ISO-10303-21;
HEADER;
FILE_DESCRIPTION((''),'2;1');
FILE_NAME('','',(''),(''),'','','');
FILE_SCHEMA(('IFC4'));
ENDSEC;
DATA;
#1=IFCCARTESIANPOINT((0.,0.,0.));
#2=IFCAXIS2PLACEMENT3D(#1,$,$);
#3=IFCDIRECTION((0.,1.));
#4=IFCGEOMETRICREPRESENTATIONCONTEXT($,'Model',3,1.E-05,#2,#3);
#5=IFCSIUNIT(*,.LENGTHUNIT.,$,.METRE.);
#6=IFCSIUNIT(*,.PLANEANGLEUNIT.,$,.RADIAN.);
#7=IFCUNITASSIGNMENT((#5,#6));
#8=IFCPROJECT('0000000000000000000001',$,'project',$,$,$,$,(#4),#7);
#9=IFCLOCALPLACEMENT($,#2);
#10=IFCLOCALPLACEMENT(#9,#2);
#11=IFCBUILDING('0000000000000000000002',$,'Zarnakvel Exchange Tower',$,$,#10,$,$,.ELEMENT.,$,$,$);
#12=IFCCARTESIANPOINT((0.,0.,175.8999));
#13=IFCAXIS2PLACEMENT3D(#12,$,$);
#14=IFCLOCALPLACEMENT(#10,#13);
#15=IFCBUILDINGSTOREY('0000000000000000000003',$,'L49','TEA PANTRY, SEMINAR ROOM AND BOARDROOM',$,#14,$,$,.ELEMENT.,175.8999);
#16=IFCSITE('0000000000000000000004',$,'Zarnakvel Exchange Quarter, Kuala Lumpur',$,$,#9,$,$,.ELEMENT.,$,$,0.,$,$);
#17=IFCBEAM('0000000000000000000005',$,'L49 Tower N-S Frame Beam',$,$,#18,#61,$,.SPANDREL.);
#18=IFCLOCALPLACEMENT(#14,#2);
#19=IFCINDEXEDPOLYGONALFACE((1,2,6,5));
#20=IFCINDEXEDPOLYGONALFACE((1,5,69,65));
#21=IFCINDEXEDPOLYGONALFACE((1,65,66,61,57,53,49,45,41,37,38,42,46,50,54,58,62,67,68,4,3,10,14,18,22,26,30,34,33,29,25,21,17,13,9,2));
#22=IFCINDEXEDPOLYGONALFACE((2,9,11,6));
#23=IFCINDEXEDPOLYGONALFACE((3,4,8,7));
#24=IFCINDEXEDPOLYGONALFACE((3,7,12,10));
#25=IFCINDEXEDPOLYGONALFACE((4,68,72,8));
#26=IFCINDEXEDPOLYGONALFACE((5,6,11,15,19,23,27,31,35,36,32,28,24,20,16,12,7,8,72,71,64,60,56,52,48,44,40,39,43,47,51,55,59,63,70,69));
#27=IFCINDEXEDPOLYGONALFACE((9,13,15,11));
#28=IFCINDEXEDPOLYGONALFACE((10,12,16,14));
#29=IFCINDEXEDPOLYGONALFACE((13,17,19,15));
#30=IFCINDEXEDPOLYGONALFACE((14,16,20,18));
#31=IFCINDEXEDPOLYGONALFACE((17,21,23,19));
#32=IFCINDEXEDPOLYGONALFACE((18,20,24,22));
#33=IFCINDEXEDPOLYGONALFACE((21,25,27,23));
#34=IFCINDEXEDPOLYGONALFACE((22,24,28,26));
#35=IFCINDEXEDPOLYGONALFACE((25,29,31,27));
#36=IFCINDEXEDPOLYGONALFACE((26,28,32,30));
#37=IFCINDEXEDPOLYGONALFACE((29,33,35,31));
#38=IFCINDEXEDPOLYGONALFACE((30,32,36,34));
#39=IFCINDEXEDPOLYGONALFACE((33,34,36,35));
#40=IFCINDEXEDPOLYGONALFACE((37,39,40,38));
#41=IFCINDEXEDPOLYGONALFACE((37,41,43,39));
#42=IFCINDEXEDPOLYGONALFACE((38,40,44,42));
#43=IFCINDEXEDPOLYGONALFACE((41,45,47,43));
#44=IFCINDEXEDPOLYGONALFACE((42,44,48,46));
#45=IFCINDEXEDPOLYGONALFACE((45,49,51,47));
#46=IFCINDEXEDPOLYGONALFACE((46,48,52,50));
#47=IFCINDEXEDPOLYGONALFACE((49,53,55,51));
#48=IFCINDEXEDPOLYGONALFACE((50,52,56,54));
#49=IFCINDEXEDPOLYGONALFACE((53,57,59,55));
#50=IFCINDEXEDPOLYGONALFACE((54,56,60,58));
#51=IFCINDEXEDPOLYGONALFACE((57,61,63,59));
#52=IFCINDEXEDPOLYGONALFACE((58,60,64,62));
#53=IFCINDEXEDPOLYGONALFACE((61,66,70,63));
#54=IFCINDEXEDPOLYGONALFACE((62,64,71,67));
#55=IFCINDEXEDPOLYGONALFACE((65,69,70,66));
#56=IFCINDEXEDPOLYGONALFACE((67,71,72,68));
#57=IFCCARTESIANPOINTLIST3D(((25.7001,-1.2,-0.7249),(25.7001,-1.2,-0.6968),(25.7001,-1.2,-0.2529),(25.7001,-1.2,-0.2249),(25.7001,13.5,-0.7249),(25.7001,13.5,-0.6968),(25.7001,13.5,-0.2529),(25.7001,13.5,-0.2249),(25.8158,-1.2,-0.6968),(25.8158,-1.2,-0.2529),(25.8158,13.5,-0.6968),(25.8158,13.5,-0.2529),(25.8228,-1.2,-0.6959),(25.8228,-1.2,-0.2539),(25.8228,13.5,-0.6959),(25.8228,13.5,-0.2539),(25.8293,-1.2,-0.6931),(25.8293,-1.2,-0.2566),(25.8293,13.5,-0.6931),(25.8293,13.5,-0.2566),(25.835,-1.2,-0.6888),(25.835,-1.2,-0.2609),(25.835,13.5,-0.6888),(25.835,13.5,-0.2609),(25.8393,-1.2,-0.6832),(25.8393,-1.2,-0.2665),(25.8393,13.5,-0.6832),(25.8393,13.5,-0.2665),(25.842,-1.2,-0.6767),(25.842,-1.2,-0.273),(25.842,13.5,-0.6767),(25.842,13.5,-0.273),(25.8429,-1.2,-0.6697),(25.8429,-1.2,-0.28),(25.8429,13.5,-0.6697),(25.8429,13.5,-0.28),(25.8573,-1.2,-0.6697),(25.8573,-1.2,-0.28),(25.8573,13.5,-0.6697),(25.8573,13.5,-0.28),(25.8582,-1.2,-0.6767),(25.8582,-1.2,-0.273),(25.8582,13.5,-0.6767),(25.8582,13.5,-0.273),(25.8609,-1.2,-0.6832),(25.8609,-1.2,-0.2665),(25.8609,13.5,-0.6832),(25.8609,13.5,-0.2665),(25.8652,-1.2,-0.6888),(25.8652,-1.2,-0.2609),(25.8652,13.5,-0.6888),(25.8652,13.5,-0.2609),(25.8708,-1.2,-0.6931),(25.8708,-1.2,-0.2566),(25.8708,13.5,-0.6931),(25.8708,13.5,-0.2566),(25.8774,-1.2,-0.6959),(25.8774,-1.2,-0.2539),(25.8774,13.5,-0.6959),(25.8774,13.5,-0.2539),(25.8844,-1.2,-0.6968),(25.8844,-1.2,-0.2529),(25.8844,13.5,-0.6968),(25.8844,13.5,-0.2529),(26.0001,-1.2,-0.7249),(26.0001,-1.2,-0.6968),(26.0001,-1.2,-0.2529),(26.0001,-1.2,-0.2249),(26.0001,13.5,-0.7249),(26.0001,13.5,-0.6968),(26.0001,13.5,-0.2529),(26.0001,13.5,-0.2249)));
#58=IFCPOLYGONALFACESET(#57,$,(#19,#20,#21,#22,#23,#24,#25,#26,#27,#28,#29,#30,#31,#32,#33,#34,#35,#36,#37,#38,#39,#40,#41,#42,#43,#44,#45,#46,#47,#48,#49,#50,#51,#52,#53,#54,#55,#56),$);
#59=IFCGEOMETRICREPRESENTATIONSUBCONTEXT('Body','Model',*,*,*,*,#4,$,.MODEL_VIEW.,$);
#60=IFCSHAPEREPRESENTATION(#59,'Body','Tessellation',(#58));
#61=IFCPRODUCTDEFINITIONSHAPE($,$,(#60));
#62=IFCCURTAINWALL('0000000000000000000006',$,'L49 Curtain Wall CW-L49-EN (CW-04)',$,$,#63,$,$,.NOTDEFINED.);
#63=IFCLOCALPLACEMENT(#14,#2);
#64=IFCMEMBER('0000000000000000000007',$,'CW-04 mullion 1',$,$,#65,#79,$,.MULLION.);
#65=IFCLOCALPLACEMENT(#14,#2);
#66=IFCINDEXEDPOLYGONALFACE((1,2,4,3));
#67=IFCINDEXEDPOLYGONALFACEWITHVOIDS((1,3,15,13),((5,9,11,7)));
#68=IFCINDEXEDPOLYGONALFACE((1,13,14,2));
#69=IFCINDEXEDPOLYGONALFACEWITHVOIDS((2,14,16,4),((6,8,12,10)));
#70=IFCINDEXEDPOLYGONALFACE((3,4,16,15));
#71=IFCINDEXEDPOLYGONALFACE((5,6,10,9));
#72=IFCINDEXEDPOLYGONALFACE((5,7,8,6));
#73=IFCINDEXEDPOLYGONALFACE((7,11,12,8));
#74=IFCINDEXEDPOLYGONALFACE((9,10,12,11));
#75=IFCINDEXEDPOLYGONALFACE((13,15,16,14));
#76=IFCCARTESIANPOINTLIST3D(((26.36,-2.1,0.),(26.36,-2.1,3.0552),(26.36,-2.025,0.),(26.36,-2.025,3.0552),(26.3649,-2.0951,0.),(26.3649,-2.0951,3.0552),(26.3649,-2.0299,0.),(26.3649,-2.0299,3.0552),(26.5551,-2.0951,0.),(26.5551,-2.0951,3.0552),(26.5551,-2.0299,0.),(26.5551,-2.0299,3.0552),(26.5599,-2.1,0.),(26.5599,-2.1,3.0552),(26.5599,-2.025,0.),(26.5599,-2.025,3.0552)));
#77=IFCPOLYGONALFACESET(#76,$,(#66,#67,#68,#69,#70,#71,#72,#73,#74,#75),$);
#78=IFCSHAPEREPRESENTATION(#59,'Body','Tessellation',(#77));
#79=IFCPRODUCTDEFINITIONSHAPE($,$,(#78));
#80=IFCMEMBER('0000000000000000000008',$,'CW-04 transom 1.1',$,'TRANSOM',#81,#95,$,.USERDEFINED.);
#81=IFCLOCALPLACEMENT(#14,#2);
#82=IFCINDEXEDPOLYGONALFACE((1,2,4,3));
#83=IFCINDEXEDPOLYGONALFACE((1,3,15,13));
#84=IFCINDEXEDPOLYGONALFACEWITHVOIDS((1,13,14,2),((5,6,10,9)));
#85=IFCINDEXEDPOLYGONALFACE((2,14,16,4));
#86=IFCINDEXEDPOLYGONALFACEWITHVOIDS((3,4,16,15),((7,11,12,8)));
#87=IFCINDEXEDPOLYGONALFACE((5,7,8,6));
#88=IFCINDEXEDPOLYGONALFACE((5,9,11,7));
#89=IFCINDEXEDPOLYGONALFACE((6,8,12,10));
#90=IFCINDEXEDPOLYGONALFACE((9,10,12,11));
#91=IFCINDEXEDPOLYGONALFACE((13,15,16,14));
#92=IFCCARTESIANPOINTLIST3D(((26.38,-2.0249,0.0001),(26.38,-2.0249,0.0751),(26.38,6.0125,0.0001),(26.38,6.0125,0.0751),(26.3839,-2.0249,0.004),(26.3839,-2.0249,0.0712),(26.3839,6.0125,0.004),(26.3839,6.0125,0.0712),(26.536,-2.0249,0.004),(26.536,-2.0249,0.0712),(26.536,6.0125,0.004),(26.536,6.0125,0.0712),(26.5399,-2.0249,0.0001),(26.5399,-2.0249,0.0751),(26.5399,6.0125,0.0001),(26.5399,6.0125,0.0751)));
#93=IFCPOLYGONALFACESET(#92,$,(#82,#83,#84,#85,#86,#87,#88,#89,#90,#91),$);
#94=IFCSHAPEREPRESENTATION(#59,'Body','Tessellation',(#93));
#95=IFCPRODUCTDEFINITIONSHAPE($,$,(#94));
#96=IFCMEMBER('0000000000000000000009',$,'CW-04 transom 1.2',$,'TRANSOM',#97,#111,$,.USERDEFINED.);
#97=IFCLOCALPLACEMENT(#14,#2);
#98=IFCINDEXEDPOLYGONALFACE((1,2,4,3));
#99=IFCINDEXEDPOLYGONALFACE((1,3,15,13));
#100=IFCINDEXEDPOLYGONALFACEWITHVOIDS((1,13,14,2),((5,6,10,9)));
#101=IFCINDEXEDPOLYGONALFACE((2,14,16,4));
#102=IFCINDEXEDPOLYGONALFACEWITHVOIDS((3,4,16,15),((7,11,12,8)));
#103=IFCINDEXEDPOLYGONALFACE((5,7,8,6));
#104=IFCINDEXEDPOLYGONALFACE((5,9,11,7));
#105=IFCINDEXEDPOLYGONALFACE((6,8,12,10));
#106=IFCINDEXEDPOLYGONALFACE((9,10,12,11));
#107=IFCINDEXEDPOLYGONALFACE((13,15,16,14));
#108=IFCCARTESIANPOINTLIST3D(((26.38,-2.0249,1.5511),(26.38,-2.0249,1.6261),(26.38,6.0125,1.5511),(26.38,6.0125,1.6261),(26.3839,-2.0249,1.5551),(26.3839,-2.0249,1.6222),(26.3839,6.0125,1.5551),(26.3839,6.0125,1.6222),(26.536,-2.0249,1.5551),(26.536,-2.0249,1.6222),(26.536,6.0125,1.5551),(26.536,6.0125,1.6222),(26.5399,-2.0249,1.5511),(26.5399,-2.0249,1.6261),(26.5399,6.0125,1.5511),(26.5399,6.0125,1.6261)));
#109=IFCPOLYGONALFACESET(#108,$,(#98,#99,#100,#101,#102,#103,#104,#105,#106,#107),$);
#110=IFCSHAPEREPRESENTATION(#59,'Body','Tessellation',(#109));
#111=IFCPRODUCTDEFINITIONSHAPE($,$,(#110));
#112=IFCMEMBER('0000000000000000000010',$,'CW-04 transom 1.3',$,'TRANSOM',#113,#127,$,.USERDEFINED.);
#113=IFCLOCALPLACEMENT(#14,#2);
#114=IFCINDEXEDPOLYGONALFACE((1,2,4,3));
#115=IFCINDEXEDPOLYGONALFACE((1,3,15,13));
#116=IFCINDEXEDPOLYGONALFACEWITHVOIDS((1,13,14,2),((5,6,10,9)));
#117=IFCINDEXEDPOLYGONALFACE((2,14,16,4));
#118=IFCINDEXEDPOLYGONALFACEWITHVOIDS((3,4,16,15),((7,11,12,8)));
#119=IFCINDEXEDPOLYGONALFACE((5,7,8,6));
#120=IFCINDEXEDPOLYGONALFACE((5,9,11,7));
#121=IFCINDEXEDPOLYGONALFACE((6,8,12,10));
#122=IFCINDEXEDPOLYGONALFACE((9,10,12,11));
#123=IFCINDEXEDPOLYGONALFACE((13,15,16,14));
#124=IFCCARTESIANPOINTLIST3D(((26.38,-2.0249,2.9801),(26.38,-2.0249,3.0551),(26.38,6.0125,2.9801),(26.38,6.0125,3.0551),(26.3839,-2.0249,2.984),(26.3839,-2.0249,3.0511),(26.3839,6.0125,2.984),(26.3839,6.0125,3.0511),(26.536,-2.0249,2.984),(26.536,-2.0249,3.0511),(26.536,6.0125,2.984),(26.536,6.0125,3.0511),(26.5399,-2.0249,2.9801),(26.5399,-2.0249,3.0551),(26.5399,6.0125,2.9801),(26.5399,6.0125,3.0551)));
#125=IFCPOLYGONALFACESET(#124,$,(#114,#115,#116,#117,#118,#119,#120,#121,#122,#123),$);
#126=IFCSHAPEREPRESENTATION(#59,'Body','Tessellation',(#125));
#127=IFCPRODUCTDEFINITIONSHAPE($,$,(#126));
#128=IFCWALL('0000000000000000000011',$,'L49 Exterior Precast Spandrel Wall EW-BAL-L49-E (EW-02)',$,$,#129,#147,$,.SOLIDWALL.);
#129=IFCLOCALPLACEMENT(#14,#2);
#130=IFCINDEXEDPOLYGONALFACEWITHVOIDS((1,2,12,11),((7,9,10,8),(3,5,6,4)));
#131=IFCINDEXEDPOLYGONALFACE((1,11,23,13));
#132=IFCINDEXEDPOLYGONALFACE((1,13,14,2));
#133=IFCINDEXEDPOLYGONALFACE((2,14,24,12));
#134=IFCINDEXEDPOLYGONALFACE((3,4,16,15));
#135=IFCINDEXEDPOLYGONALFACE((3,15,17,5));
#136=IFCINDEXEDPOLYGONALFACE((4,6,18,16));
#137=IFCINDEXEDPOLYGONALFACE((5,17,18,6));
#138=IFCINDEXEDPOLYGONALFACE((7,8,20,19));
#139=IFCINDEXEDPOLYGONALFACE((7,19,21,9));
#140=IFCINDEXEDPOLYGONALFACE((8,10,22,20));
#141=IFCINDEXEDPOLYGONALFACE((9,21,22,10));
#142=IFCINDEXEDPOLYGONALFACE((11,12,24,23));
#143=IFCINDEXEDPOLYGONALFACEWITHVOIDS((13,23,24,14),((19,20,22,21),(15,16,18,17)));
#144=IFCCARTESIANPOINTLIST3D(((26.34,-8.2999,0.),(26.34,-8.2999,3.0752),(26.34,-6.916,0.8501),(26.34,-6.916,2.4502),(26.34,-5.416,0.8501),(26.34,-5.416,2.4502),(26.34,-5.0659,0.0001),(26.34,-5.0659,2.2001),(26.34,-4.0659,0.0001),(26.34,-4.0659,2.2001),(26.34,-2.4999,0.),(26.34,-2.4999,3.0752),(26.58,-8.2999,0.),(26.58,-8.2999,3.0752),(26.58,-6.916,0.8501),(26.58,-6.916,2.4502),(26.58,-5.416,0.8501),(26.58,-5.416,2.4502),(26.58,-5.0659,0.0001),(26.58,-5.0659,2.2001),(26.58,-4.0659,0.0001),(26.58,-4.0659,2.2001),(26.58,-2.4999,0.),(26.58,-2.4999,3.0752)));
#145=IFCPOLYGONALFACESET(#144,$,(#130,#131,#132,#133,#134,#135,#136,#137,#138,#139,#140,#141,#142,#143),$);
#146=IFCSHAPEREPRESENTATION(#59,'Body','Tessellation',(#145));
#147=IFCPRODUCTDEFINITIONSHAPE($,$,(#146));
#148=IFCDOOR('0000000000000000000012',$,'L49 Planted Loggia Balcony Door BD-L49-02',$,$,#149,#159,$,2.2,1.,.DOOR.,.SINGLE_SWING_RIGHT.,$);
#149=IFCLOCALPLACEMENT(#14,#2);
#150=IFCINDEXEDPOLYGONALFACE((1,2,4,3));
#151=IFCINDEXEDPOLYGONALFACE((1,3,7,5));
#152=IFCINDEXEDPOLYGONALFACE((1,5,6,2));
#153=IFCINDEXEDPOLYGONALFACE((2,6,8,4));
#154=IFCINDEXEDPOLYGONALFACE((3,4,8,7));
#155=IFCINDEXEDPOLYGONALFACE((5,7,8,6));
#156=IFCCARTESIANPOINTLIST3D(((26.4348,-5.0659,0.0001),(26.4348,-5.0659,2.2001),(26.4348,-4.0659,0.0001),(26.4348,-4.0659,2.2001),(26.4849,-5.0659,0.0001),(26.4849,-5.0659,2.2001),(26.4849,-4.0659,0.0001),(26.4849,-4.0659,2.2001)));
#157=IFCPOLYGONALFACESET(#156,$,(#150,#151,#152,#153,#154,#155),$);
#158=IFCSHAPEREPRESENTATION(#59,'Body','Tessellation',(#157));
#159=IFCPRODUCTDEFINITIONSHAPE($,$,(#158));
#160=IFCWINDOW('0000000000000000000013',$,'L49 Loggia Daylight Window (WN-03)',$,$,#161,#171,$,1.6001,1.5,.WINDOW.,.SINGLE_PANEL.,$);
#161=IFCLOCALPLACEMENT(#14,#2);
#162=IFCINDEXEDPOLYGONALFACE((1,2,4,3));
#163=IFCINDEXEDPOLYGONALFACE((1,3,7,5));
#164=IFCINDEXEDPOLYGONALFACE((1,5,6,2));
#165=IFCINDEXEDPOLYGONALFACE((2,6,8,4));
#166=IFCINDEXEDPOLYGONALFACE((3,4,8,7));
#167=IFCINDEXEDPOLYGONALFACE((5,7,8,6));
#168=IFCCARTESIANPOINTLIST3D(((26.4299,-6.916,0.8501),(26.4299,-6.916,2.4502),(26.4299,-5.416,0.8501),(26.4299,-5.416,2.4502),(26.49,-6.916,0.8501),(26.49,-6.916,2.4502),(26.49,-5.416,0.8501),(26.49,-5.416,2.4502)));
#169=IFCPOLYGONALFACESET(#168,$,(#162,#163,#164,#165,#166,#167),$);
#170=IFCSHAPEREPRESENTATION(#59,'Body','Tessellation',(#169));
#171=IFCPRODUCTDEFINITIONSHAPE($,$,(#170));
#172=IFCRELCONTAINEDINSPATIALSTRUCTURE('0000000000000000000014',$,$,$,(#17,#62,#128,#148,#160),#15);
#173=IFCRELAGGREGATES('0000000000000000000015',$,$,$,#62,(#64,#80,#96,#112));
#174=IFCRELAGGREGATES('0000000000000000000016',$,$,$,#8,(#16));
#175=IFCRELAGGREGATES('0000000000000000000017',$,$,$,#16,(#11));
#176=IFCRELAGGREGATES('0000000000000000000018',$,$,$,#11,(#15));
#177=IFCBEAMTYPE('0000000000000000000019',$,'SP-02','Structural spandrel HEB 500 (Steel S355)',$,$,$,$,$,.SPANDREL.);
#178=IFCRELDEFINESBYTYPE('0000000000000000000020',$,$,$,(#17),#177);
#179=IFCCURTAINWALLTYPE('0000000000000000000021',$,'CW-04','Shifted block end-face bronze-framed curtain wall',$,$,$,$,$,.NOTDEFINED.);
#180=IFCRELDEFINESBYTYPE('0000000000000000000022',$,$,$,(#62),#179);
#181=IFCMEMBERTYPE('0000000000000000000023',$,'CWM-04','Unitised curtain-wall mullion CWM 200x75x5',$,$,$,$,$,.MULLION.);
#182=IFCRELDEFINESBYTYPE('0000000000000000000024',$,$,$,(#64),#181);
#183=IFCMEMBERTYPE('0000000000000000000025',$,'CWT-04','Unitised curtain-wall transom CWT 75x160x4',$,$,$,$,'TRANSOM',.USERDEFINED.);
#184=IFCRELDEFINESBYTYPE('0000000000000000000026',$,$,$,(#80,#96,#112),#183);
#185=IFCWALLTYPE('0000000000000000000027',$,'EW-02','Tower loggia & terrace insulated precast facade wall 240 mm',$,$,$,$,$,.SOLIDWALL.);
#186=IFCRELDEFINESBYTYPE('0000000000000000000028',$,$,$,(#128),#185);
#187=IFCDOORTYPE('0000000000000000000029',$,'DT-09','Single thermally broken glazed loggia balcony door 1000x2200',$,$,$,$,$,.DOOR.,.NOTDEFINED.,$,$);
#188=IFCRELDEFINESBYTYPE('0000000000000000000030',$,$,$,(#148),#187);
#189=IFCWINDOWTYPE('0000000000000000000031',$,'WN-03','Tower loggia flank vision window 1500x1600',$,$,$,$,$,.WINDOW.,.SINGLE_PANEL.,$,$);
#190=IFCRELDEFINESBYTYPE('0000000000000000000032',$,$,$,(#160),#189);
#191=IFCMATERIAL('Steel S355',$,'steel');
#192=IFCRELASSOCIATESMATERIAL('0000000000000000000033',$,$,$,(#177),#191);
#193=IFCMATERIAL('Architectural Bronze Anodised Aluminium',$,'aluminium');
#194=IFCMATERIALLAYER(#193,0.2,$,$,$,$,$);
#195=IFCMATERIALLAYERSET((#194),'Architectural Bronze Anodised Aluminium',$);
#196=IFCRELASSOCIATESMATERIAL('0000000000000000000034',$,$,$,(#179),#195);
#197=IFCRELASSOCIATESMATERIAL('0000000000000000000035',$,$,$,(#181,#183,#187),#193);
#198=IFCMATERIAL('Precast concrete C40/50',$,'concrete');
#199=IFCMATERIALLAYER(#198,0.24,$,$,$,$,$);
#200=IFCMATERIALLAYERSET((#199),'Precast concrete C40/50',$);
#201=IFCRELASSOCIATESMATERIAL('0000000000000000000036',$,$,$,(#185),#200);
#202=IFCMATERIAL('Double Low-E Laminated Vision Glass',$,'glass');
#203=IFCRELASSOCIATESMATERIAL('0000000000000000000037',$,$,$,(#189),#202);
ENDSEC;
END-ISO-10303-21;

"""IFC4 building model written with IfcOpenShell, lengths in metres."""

from ifc_helpers import new_model, si_unit, direction, frame, frame_2d, origin, origin_2d, place, context, subcontext, project, spatial, rectangle, hollow_rectangle, i_section, extrude, source, transform, mapped, material, layer, layer_set, material_profile, profile_set, type_object, element, fill, aggregate, save


model = new_model("IFC4")

# Units and contexts
model_context = context("Model", 3, precision=1e-05, world=origin(), true_north=direction((0.0, 1.0)))
body_context = subcontext(model_context, "Body", "Model", "MODEL_VIEW")
ifc_project = project(units=[si_unit("LENGTHUNIT", "METRE"), si_unit("PLANEANGLEUNIT", "RADIAN")], contexts=[model_context])

# Site, building, storey
site_placement = place(None, origin())
site = spatial("IfcSite", under=ifc_project, at=site_placement, Name="Zarnakvel Exchange Quarter, Kuala Lumpur", CompositionType="ELEMENT", RefElevation=0.0)
building_placement = place(site_placement, origin())
building = spatial("IfcBuilding", under=site, at=building_placement, Name="Zarnakvel Exchange Tower", CompositionType="ELEMENT")
storey_placement = place(building_placement, frame((0.0, 0.0, 175.8999)))
storey = spatial("IfcBuildingStorey", under=building, at=storey_placement, Name="L49", Description="TEA PANTRY, SEMINAR ROOM AND BOARDROOM", CompositionType="ELEMENT", Elevation=175.8999)

# Shared definitions
ifc_material_1 = material(Name="Steel S355", Category="steel")

# Beam
ifc_material_profile_1 = material_profile(ifc_material_1, i_section(OverallWidth=0.3, OverallDepth=0.5, WebThickness=0.0144, FlangeThickness=0.0281, FilletRadius=0.0271, at=origin_2d()))
ifc_profile_set_1 = profile_set([ifc_material_profile_1], Name="Steel S355")
beam_type_1 = type_object("IfcBeamType", Name="SP-02", Description="Structural spandrel HEB 500 (Steel S355)", PredefinedType="SPANDREL", material=ifc_profile_set_1)
beam_1_placement = place(storey_placement, frame((25.8501, -1.2, -0.4749), z_axis=(0.0, 1.0, 0.0), x_axis=(-1.0, 0.0, 0.0)))
element("IfcBeam", 1, at=beam_1_placement, inside=storey, type_object=beam_type_1, Name="L49 Tower N-S Frame Beam", PredefinedType="SPANDREL", context=body_context, shape_type="SweptSolid", body=[
    extrude(i_section(OverallWidth=0.3, OverallDepth=0.5, WebThickness=0.0144, FlangeThickness=0.0281, FilletRadius=0.0271, at=origin_2d()), origin(), (0.0, 0.0, 1.0), 14.7),
])

# Curtain wall, members
ifc_material_2 = material(Name="Architectural Bronze Anodised Aluminium", Category="aluminium")
ifc_layer_1 = layer(ifc_material_2, 0.2)
ifc_layer_set_1 = layer_set([ifc_layer_1], Name="Architectural Bronze Anodised Aluminium")
curtain_wall_type = type_object("IfcCurtainWallType", Name="CW-04", Description="Shifted block end-face bronze-framed curtain wall", PredefinedType="NOTDEFINED", material=ifc_layer_set_1)
curtain_wall_placement = place(storey_placement, origin())
curtain_wall = element("IfcCurtainWall", 2, at=curtain_wall_placement, inside=storey, type_object=curtain_wall_type, Name="L49 Curtain Wall CW-L49-EN (CW-04)", PredefinedType="NOTDEFINED")
ifc_material_profile_2 = material_profile(ifc_material_2, hollow_rectangle(XDim=0.2, YDim=0.075, WallThickness=0.0049, at=origin_2d()))
ifc_profile_set_2 = profile_set([ifc_material_profile_2], Name="Architectural Bronze Anodised Aluminium")
member_type_1 = type_object("IfcMemberType", Name="CWM-04", Description="Unitised curtain-wall mullion CWM 200x75x5", PredefinedType="MULLION", material=ifc_profile_set_2)
shared_shape_1 = source(origin(), body_context, "Body", "SweptSolid", [
    extrude(hollow_rectangle(XDim=0.2, YDim=0.075, WallThickness=0.0049, at=origin_2d()), origin(), (0.0, 0.0, 1.0), 3.0552),
])
member_1_placement = place(storey_placement, frame((26.46, -2.0625, 0.0), z_axis=(0.0, 0.0, 1.0), x_axis=(-1.0, 0.0, 0.0)))
member_1 = element("IfcMember", 3, at=member_1_placement, type_object=member_type_1, Name="CW-04 mullion 1", PredefinedType="MULLION", context=body_context, shape_type="MappedRepresentation", body=[
    mapped(shared_shape_1, transform((0.0, 0.0, 0.0), x_axis=(1.0, 0.0, 0.0), y_axis=(0.0, 1.0, 0.0), z_axis=(0.0, 0.0, 1.0), scale=1.0)),
])
ifc_material_profile_3 = material_profile(ifc_material_2, hollow_rectangle(XDim=0.1599, YDim=0.075, WallThickness=0.0039, at=origin_2d()))
ifc_profile_set_3 = profile_set([ifc_material_profile_3], Name="Architectural Bronze Anodised Aluminium")
member_type_2 = type_object("IfcMemberType", Name="CWT-04", Description="Unitised curtain-wall transom CWT 75x160x4", ElementType="TRANSOM", PredefinedType="USERDEFINED", material=ifc_profile_set_3)
shared_shape_2 = source(origin(), body_context, "Body", "SweptSolid", [
    extrude(hollow_rectangle(XDim=0.1599, YDim=0.075, WallThickness=0.0039, at=origin_2d()), origin(), (0.0, 0.0, 1.0), 8.0374),
])
member_2_placement = place(storey_placement, frame((26.46, -2.0249, 0.0376), z_axis=(0.0, 1.0, 0.0), x_axis=(-1.0, 0.0, 0.0)))
member_2 = element("IfcMember", 4, at=member_2_placement, type_object=member_type_2, Name="CW-04 transom 1.1", ObjectType="TRANSOM", PredefinedType="USERDEFINED", context=body_context, shape_type="MappedRepresentation", body=[
    mapped(shared_shape_2, transform((0.0, 0.0, 0.0), x_axis=(1.0, 0.0, 0.0), y_axis=(0.0, 1.0, 0.0), z_axis=(0.0, 0.0, 1.0), scale=1.0)),
])
member_3_placement = place(storey_placement, frame((26.46, -2.0249, 1.5886), z_axis=(0.0, 1.0, 0.0), x_axis=(-1.0, 0.0, 0.0)))
member_3 = element("IfcMember", 5, at=member_3_placement, type_object=member_type_2, Name="CW-04 transom 1.2", ObjectType="TRANSOM", PredefinedType="USERDEFINED", context=body_context, shape_type="MappedRepresentation", body=[
    mapped(shared_shape_2, transform((0.0, 0.0, 0.0), x_axis=(1.0, 0.0, 0.0), y_axis=(0.0, 1.0, 0.0), z_axis=(0.0, 0.0, 1.0), scale=1.0)),
])
member_4_placement = place(storey_placement, frame((26.46, -2.0249, 3.0176), z_axis=(0.0, 1.0, 0.0), x_axis=(-1.0, 0.0, 0.0)))
member_4 = element("IfcMember", 6, at=member_4_placement, type_object=member_type_2, Name="CW-04 transom 1.3", ObjectType="TRANSOM", PredefinedType="USERDEFINED", context=body_context, shape_type="MappedRepresentation", body=[
    mapped(shared_shape_2, transform((0.0, 0.0, 0.0), x_axis=(1.0, 0.0, 0.0), y_axis=(0.0, 1.0, 0.0), z_axis=(0.0, 0.0, 1.0), scale=1.0)),
])
aggregate(curtain_wall, [member_1, member_2, member_3, member_4])

# Wall, openings, door, window
ifc_material_3 = material(Name="Precast concrete C40/50", Category="concrete")
ifc_layer_2 = layer(ifc_material_3, 0.24)
ifc_layer_set_2 = layer_set([ifc_layer_2], Name="Precast concrete C40/50")
wall_type_1 = type_object("IfcWallType", Name="EW-02", Description="Tower loggia & terrace insulated precast facade wall 240 mm", PredefinedType="SOLIDWALL", material=ifc_layer_set_2)
wall_1_placement = place(storey_placement, frame((26.46, -2.5, 0.0), z_axis=(0.0, 0.0, 1.0), x_axis=(0.0, -1.0, 0.0)))
wall_1 = element("IfcWall", 7, at=wall_1_placement, inside=storey, type_object=wall_type_1, Name="L49 Exterior Precast Spandrel Wall EW-BAL-L49-E (EW-02)", PredefinedType="SOLIDWALL", context=body_context, shape_type="SweptSolid", body=[
    extrude(rectangle(XDim=5.8, YDim=0.24, at=frame_2d((2.8999, 0.0))), origin(), (0.0, 0.0, 1.0), 3.0752),
])
opening_1_placement = place(wall_1_placement, frame((1.5659, 0.0, 0.0)))
opening_1 = element("IfcOpeningElement", 8, at=opening_1_placement, cuts=wall_1, PredefinedType="OPENING", context=body_context, shape_type="SweptSolid", body=[
    extrude(rectangle(XDim=1.0, YDim=2.2, at=frame_2d((0.5, 1.1001))), frame((0.0, 0.1299, 0.0), z_axis=(0.0, -1.0, 0.0), x_axis=(1.0, 0.0, 0.0)), (0.0, 0.0, 1.0), 0.26),
])
opening_2_placement = place(wall_1_placement, frame((2.916, 0.0, 0.8501)))
opening_2 = element("IfcOpeningElement", 9, at=opening_2_placement, cuts=wall_1, PredefinedType="OPENING", context=body_context, shape_type="SweptSolid", body=[
    extrude(rectangle(XDim=1.5, YDim=1.6001, at=frame_2d((0.75, 0.8))), frame((0.0, 0.1299, 0.0), z_axis=(0.0, -1.0, 0.0), x_axis=(1.0, 0.0, 0.0)), (0.0, 0.0, 1.0), 0.26),
])
door_type_1 = type_object("IfcDoorType", Name="DT-09", Description="Single thermally broken glazed loggia balcony door 1000x2200", OperationType="NOTDEFINED", PredefinedType="DOOR", material=ifc_material_2)
shared_shape_3 = source(origin(), body_context, "Body", "SweptSolid", [
    extrude(rectangle(XDim=1.0, YDim=2.2, at=frame_2d((0.5, 1.1001))), frame((0.0, 0.0249, 0.0), z_axis=(0.0, -1.0, 0.0), x_axis=(1.0, 0.0, 0.0)), (0.0, 0.0, 1.0), 0.05),
])
door_1_placement = place(opening_1_placement, origin())
door_1 = element("IfcDoor", 10, at=door_1_placement, inside=storey, type_object=door_type_1, Name="L49 Planted Loggia Balcony Door BD-L49-02", OperationType="SINGLE_SWING_RIGHT", OverallHeight=2.2, OverallWidth=1.0, PredefinedType="DOOR", context=body_context, shape_type="MappedRepresentation", body=[
    mapped(shared_shape_3, transform((0.0, 0.0, 0.0), x_axis=(1.0, 0.0, 0.0), y_axis=(0.0, 1.0, 0.0), z_axis=(0.0, 0.0, 1.0), scale=1.0)),
])
fill(opening_1, door_1)
ifc_material_4 = material(Name="Double Low-E Laminated Vision Glass", Category="glass")
window_type = type_object("IfcWindowType", Name="WN-03", Description="Tower loggia flank vision window 1500x1600", PartitioningType="SINGLE_PANEL", PredefinedType="WINDOW", material=ifc_material_4)
shared_shape_4 = source(origin(), body_context, "Body", "SweptSolid", [
    extrude(rectangle(XDim=1.5, YDim=1.6001, at=frame_2d((0.75, 0.8))), frame((0.0, 0.03, 0.0), z_axis=(0.0, -1.0, 0.0), x_axis=(1.0, 0.0, 0.0)), (0.0, 0.0, 1.0), 0.0601),
])
window_placement = place(opening_2_placement, origin())
window = element("IfcWindow", 11, at=window_placement, inside=storey, type_object=window_type, Name="L49 Loggia Daylight Window (WN-03)", OverallHeight=1.6001, OverallWidth=1.5, PartitioningType="SINGLE_PANEL", PredefinedType="WINDOW", context=body_context, shape_type="MappedRepresentation", body=[
    mapped(shared_shape_4, transform((0.0, 0.0, 0.0), x_axis=(1.0, 0.0, 0.0), y_axis=(0.0, 1.0, 0.0), z_axis=(0.0, 0.0, 1.0), scale=1.0)),
])
fill(opening_2, window)

save(model, "model.ifc")
